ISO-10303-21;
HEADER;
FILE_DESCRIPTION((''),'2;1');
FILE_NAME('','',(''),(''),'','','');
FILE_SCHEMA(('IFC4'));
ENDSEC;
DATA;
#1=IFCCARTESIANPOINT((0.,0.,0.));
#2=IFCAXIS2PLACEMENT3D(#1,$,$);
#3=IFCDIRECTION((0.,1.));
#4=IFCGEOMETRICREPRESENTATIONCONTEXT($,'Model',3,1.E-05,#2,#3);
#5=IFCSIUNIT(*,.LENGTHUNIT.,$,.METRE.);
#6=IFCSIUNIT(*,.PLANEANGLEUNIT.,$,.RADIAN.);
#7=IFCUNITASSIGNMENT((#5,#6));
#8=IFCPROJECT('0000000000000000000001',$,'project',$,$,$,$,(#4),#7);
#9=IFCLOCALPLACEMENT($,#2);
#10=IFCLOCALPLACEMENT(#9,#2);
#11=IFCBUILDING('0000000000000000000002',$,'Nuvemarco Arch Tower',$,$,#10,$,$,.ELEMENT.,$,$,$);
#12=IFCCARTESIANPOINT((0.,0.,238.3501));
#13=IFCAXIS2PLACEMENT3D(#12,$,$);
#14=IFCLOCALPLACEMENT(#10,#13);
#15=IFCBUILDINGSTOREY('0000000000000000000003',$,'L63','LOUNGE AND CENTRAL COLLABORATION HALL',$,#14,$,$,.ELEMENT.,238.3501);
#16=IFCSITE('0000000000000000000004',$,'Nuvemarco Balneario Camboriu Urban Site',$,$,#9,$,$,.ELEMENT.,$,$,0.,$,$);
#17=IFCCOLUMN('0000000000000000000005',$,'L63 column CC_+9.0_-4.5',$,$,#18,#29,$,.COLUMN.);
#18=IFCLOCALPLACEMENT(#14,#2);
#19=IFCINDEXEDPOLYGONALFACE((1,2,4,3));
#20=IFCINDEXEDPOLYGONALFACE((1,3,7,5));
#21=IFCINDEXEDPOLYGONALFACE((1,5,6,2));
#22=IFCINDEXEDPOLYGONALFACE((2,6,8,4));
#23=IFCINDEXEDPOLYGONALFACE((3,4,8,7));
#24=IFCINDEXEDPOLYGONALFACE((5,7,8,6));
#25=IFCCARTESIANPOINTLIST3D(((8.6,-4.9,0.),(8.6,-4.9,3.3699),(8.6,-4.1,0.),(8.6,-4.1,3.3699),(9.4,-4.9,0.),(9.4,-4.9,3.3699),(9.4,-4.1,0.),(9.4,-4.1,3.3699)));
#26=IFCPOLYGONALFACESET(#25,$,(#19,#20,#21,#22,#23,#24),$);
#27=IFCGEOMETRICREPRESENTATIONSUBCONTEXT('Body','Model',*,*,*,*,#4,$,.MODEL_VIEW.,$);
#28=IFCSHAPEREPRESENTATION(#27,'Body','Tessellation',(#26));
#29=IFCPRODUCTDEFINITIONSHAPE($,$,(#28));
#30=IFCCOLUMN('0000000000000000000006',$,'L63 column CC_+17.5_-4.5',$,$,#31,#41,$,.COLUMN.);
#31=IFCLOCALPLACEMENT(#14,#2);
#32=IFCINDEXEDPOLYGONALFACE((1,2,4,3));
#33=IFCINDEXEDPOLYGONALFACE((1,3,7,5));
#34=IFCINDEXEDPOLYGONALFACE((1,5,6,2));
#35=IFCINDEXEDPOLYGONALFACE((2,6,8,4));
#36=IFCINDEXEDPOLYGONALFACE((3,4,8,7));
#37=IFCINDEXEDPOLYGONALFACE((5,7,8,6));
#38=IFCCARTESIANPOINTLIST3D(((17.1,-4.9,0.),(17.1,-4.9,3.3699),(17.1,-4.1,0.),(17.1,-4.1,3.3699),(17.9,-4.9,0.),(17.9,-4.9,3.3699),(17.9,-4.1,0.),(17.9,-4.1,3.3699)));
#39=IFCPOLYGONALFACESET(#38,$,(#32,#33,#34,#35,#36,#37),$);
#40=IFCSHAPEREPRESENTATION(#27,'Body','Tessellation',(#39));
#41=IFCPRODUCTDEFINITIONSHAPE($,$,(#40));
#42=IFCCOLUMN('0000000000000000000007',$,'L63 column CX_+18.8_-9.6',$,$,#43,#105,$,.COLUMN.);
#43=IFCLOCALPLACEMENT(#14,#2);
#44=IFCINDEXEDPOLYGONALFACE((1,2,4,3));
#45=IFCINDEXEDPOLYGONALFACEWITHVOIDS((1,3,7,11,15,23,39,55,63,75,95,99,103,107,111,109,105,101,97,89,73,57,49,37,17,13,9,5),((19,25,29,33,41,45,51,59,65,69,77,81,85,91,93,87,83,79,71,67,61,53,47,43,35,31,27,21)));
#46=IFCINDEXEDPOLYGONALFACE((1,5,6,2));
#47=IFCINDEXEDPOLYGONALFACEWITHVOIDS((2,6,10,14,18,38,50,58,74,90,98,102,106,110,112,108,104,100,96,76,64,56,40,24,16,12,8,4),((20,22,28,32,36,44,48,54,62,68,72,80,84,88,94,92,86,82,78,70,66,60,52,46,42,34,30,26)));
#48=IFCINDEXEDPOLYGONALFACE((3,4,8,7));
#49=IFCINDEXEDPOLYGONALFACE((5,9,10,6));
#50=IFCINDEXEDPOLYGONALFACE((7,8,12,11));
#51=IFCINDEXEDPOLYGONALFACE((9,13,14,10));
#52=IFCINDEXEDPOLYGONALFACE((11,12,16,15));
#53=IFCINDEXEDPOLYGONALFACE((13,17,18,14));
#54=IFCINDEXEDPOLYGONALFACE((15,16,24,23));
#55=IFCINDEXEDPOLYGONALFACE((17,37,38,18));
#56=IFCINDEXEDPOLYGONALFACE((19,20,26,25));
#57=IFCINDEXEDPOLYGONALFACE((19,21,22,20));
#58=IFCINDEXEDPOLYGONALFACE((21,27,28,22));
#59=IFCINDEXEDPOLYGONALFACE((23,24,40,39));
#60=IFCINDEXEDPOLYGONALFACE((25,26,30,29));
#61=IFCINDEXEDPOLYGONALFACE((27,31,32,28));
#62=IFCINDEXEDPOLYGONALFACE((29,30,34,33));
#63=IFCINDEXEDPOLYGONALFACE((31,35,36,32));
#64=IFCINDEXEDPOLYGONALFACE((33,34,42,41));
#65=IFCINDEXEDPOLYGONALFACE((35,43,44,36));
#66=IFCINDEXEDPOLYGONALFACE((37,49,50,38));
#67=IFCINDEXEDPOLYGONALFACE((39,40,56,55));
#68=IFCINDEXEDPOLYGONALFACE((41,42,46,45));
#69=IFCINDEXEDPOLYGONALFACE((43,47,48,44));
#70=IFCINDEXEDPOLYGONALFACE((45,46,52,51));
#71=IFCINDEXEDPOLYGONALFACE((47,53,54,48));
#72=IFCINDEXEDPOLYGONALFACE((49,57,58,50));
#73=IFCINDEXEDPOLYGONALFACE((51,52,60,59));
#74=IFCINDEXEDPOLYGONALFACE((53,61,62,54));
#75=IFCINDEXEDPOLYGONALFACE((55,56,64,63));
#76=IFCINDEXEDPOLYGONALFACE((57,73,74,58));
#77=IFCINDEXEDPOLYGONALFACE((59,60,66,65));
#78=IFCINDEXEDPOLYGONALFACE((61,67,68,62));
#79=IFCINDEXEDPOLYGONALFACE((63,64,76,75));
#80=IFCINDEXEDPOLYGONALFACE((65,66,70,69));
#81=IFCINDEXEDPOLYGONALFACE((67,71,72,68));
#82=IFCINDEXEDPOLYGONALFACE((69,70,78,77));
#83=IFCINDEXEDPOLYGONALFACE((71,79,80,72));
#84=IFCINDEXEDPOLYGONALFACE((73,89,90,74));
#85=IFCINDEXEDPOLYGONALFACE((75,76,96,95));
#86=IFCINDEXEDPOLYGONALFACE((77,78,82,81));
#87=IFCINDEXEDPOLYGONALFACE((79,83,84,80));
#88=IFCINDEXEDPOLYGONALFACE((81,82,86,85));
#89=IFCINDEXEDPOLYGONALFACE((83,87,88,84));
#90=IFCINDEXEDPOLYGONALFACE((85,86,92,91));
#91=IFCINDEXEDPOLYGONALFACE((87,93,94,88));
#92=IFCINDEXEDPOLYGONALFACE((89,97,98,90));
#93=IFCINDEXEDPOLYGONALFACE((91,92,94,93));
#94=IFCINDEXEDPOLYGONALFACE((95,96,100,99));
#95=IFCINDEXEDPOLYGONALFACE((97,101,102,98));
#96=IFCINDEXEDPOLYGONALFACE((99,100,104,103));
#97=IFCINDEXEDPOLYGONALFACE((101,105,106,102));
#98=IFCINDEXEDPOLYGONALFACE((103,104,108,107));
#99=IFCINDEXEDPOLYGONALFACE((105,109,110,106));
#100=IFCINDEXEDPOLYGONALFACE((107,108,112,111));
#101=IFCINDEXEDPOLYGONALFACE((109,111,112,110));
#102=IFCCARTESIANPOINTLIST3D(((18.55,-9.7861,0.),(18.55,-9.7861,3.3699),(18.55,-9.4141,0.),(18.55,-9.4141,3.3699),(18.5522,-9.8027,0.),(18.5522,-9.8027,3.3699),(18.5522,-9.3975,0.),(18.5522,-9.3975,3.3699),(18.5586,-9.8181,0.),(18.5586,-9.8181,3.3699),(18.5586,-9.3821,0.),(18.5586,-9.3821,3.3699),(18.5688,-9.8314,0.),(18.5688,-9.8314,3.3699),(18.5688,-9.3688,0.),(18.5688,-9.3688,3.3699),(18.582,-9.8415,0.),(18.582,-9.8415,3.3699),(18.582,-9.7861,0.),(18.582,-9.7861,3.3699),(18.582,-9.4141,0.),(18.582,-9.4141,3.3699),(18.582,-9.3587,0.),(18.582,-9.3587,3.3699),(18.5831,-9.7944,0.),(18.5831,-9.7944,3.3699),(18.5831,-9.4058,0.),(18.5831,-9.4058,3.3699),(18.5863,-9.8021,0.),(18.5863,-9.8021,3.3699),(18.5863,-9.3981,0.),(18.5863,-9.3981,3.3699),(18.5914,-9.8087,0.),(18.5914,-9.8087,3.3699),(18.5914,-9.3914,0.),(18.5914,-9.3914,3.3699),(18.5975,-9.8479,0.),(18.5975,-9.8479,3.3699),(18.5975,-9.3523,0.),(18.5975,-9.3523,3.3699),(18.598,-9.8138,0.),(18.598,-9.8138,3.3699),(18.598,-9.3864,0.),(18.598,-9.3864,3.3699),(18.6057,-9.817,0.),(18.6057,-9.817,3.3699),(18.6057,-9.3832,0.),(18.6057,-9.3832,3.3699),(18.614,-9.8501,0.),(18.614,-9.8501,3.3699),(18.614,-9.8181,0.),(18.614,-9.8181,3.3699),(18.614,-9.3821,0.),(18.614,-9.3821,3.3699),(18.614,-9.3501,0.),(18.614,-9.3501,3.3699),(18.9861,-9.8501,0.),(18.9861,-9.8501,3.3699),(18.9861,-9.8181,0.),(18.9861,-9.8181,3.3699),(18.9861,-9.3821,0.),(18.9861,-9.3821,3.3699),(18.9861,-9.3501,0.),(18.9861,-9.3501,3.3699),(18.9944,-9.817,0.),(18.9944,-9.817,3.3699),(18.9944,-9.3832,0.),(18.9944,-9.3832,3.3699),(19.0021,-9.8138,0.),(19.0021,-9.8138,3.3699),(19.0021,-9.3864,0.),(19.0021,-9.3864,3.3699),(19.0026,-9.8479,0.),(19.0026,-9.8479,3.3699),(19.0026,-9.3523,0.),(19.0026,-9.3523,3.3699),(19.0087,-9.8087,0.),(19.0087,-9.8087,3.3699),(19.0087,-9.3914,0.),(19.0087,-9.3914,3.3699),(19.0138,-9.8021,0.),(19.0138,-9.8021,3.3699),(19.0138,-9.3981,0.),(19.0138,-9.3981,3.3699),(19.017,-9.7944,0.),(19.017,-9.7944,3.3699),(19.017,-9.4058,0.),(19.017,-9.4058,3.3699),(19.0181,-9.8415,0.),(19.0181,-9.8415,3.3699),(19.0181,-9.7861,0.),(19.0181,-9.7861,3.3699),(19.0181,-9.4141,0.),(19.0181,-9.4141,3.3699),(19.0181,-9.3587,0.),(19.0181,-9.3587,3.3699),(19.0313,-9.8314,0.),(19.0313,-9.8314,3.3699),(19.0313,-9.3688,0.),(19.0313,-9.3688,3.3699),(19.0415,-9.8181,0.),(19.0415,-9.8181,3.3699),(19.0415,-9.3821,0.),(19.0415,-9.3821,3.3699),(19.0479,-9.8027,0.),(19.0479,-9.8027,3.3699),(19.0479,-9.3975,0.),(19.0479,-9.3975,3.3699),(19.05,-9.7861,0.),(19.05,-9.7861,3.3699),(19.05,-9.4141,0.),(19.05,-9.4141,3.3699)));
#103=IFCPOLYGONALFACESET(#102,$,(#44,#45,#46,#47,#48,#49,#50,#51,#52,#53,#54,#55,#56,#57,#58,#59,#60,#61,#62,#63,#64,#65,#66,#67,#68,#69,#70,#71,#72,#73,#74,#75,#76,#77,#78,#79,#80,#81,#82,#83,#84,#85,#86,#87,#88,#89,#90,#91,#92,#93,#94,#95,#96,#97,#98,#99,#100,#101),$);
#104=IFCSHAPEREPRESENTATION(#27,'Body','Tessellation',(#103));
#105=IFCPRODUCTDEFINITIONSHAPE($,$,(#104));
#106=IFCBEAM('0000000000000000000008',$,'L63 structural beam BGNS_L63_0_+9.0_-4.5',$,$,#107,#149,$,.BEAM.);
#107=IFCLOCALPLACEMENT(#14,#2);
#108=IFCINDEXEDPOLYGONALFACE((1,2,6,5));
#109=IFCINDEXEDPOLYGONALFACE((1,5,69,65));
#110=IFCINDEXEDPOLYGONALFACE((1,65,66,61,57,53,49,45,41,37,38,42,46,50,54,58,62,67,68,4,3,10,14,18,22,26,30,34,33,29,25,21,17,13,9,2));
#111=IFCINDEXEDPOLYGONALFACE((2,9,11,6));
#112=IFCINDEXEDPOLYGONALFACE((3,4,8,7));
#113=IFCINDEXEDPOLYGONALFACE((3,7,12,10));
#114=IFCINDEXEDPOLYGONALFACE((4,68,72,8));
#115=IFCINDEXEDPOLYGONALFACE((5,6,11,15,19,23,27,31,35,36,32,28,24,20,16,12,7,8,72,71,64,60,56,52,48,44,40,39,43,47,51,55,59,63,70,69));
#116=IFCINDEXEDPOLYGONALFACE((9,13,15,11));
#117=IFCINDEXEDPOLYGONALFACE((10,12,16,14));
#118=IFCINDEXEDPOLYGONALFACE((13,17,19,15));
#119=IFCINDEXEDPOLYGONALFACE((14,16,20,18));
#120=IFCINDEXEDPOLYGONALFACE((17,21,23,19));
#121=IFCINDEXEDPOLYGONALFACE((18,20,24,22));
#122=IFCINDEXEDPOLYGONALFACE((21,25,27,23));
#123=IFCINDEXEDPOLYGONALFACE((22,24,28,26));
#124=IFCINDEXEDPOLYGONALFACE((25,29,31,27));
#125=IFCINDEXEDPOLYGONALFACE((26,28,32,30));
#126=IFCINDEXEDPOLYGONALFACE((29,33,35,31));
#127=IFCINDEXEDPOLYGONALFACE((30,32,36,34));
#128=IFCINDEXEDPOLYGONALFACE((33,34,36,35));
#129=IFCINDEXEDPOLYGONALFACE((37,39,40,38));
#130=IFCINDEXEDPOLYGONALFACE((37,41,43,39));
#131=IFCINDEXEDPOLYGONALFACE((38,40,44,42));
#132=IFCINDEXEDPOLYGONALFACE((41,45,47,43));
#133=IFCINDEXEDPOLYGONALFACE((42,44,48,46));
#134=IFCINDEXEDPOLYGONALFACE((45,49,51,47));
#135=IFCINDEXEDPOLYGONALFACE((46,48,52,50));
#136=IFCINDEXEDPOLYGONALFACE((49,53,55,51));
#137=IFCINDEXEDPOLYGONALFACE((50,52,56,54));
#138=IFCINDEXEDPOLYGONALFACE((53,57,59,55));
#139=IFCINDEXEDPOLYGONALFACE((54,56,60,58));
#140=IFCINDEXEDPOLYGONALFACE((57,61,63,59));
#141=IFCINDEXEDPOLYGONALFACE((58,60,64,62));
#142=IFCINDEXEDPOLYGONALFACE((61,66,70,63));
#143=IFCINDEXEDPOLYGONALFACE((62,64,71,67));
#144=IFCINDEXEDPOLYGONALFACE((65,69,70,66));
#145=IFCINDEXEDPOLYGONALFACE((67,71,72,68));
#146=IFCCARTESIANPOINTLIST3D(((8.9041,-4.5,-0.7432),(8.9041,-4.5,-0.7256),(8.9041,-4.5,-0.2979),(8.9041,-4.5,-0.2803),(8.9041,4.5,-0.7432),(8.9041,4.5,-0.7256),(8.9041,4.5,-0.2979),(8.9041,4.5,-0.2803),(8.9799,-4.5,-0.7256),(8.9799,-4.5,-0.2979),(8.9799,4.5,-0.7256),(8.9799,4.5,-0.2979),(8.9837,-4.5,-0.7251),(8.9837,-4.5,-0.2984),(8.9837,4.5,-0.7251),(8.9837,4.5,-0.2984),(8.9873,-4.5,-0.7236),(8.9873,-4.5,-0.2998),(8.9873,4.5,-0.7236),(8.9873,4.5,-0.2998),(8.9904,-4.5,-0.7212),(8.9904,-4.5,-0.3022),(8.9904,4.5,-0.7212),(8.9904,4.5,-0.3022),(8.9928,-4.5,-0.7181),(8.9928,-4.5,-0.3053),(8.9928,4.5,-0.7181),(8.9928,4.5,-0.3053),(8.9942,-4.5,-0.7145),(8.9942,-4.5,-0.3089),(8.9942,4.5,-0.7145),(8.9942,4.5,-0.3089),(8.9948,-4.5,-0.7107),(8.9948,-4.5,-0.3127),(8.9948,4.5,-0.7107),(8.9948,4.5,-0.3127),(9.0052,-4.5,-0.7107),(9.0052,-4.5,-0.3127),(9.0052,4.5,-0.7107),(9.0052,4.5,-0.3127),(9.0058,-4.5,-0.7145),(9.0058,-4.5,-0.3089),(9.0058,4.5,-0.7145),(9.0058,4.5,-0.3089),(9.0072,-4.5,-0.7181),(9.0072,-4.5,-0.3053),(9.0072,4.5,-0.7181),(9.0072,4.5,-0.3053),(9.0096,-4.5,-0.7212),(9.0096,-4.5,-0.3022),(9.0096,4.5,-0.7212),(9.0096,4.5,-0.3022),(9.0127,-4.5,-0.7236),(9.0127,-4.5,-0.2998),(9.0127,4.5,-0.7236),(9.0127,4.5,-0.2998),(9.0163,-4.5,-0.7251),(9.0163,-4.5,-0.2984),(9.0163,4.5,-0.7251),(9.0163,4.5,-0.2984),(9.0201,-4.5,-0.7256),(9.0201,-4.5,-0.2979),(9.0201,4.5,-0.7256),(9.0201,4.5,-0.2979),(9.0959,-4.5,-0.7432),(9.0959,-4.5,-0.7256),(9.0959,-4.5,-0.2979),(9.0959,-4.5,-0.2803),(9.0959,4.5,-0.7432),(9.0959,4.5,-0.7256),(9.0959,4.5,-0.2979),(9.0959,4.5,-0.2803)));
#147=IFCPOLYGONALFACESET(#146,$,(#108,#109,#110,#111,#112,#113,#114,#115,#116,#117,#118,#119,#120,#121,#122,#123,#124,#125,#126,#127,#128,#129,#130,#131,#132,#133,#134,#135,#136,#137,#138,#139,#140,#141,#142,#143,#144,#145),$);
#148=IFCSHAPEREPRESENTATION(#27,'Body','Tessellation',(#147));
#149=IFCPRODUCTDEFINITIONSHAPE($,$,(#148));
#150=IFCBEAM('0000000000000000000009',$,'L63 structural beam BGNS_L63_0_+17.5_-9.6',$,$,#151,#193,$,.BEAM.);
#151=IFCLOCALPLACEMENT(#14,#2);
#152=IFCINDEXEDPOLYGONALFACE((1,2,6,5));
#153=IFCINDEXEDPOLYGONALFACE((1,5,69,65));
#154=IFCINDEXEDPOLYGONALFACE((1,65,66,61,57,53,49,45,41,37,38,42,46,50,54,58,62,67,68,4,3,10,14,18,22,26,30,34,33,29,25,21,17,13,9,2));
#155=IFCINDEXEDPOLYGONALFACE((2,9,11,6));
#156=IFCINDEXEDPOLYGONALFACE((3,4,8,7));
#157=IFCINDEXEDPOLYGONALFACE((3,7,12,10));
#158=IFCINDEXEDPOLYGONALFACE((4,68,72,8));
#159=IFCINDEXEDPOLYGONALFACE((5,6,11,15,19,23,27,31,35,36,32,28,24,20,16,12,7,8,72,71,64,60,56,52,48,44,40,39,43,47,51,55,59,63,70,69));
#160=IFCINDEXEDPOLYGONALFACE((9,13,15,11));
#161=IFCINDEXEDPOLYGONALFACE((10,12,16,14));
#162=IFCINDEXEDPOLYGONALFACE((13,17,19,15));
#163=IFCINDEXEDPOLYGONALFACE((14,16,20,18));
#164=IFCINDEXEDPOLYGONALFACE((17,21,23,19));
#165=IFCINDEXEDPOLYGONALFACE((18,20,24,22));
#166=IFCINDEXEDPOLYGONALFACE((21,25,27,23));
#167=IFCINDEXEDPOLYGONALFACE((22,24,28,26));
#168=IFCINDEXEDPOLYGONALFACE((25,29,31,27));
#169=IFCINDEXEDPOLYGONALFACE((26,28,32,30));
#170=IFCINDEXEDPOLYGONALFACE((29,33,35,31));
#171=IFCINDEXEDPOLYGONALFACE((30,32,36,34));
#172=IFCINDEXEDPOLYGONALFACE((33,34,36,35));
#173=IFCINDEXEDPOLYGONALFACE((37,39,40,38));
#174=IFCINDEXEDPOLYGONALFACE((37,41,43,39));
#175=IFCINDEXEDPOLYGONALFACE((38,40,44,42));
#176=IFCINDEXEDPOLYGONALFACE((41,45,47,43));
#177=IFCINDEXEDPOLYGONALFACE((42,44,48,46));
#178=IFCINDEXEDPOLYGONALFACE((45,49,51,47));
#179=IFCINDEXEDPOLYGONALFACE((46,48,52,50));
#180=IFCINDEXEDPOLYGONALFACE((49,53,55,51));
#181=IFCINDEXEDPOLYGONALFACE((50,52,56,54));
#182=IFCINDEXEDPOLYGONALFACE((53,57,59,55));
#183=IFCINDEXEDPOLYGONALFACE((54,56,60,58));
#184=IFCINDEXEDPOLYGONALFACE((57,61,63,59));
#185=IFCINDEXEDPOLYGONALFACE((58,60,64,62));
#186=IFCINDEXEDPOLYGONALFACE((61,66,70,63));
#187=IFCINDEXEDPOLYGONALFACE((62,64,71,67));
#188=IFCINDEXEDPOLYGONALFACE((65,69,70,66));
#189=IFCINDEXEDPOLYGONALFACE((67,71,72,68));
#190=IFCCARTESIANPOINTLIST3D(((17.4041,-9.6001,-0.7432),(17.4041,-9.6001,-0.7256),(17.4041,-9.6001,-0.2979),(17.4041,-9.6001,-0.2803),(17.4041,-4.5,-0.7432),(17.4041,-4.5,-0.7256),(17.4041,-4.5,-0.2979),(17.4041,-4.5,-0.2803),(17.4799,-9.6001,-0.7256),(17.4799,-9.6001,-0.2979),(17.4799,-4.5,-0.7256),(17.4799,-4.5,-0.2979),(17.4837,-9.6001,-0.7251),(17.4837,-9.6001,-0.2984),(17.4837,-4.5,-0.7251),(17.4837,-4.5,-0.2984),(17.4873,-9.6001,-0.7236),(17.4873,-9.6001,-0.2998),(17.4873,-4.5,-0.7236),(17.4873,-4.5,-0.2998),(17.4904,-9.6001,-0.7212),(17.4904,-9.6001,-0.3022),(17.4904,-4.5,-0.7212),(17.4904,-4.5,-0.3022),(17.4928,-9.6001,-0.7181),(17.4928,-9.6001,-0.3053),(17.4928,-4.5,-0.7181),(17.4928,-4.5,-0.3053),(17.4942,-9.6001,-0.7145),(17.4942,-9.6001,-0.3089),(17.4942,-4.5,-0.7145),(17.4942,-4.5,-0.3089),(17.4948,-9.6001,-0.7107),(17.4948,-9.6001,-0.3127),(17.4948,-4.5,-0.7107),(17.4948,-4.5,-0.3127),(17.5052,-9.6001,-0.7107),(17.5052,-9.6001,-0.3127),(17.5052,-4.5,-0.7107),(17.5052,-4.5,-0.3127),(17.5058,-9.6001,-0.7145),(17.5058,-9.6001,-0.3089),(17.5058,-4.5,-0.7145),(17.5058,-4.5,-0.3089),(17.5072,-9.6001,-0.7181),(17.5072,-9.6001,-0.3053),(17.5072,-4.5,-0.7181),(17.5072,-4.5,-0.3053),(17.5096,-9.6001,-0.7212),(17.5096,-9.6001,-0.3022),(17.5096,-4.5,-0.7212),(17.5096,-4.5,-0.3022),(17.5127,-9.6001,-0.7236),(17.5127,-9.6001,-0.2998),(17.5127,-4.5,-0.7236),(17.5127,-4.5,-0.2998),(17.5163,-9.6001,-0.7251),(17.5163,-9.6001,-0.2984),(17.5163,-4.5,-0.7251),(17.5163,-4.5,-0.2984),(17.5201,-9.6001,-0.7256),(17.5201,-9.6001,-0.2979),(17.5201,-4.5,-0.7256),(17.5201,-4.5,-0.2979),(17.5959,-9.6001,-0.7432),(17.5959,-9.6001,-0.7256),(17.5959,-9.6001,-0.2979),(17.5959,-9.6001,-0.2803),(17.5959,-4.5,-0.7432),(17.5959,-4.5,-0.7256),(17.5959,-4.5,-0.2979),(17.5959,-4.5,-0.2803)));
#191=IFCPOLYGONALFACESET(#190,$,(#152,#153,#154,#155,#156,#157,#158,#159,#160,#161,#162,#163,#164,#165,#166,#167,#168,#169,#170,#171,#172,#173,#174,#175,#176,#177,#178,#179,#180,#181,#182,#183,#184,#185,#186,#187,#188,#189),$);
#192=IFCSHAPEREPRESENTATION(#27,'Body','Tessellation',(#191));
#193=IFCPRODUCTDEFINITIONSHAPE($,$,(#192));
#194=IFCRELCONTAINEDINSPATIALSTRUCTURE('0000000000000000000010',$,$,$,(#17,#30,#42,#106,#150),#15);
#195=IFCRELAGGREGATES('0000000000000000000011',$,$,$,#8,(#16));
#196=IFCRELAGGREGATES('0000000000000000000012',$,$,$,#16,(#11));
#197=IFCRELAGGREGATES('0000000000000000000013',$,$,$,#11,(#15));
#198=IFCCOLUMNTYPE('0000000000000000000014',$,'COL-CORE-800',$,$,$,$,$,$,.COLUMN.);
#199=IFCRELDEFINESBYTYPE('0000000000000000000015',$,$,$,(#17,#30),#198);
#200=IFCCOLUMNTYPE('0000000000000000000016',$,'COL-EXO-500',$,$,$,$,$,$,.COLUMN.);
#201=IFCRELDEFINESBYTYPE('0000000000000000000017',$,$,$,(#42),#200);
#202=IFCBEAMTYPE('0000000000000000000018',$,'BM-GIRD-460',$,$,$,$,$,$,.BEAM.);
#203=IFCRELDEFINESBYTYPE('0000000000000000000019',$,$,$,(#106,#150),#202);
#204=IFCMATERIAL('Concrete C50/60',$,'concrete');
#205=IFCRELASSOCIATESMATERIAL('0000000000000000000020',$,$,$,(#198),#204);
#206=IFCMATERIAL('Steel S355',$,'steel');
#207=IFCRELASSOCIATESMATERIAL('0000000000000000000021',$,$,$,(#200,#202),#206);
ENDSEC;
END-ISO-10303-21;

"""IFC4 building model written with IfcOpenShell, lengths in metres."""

from ifc_helpers import new_model, si_unit, direction, frame, origin, origin_2d, place, context, subcontext, project, spatial, rectangle, hollow_rectangle, i_section, extrude, material, material_profile, profile_set, type_object, element, save


model = new_model("IFC4")

# Units and contexts
model_context = context("Model", 3, precision=1e-05, world=origin(), true_north=direction((0.0, 1.0)))
body_context = subcontext(model_context, "Body", "Model", "MODEL_VIEW")
ifc_project = project(units=[si_unit("LENGTHUNIT", "METRE"), si_unit("PLANEANGLEUNIT", "RADIAN")], contexts=[model_context])

# Site, building, storey
site_placement = place(None, origin())
site = spatial("IfcSite", under=ifc_project, at=site_placement, Name="Nuvemarco Balneario Camboriu Urban Site", CompositionType="ELEMENT", RefElevation=0.0)
building_placement = place(site_placement, origin())
building = spatial("IfcBuilding", under=site, at=building_placement, Name="Nuvemarco Arch Tower", CompositionType="ELEMENT")
storey_placement = place(building_placement, frame((0.0, 0.0, 238.3501)))
storey = spatial("IfcBuildingStorey", under=building, at=storey_placement, Name="L63", Description="LOUNGE AND CENTRAL COLLABORATION HALL", CompositionType="ELEMENT", Elevation=238.3501)

# Columns
ifc_material_1 = material(Name="Concrete C50/60", Category="concrete")
ifc_material_profile_1 = material_profile(ifc_material_1, rectangle(XDim=0.8, YDim=0.8, at=origin_2d()), Name="RC-COL-800x800")
ifc_profile_set_1 = profile_set([ifc_material_profile_1], Name="Concrete C50/60")
column_type_1 = type_object("IfcColumnType", Name="COL-CORE-800", PredefinedType="COLUMN", material=ifc_profile_set_1)
for number, where, z_axis, x_axis, name in (
    (1, (9.0, -4.5, 0.0), (0.0, 0.0, 1.0), (1.0, 0.0, 0.0), "L63 column CC_+9.0_-4.5"),
    (2, (17.5, -4.5, 0.0), (0.0, 0.0, 1.0), (1.0, 0.0, 0.0), "L63 column CC_+17.5_-4.5"),
):
    element("IfcColumn", number, at=place(storey_placement, frame(where, z_axis=z_axis, x_axis=x_axis)), inside=storey, type_object=column_type_1, Name=name, PredefinedType="COLUMN", context=body_context, shape_type="SweptSolid", body=[
        extrude(rectangle(XDim=0.8, YDim=0.8, at=origin_2d()), origin(), (0.0, 0.0, 1.0), 3.3699),
    ])
ifc_material_2 = material(Name="Steel S355", Category="steel")
ifc_material_profile_2 = material_profile(ifc_material_2, hollow_rectangle(XDim=0.5, YDim=0.5, WallThickness=0.032, InnerFilletRadius=0.032, OuterFilletRadius=0.064, at=origin_2d()), Name="SHS500x500x32")
ifc_profile_set_2 = profile_set([ifc_material_profile_2], Name="Steel S355")
column_type_2 = type_object("IfcColumnType", Name="COL-EXO-500", PredefinedType="COLUMN", material=ifc_profile_set_2)
column_placement = place(storey_placement, frame((18.8, -9.6001, 0.0), z_axis=(0.0, 0.0, 1.0), x_axis=(1.0, 0.0, 0.0)))
element("IfcColumn", 3, at=column_placement, inside=storey, type_object=column_type_2, Name="L63 column CX_+18.8_-9.6", PredefinedType="COLUMN", context=body_context, shape_type="SweptSolid", body=[
    extrude(hollow_rectangle(XDim=0.5, YDim=0.5, WallThickness=0.032, InnerFilletRadius=0.032, OuterFilletRadius=0.064, at=origin_2d()), origin(), (0.0, 0.0, 1.0), 3.3699),
])

# Beams
ifc_material_profile_3 = material_profile(ifc_material_2, i_section(OverallWidth=0.1919, OverallDepth=0.4629, WebThickness=0.0105, FlangeThickness=0.0176, FilletRadius=0.0149, at=origin_2d()), Name="W460x89")
ifc_profile_set_3 = profile_set([ifc_material_profile_3], Name="Steel S355")
beam_type_1 = type_object("IfcBeamType", Name="BM-GIRD-460", PredefinedType="BEAM", material=ifc_profile_set_3)
beam_1_placement = place(storey_placement, frame((9.0, -4.5, -0.5117), z_axis=(0.0, 1.0, 0.0), x_axis=(-1.0, 0.0, 0.0)))
element("IfcBeam", 4, at=beam_1_placement, inside=storey, type_object=beam_type_1, Name="L63 structural beam BGNS_L63_0_+9.0_-4.5", PredefinedType="BEAM", context=body_context, shape_type="SweptSolid", body=[
    extrude(i_section(OverallWidth=0.1919, OverallDepth=0.4629, WebThickness=0.0105, FlangeThickness=0.0176, FilletRadius=0.0149, at=origin_2d()), origin(), (0.0, 0.0, 1.0), 9.0),
])
beam_2_placement = place(storey_placement, frame((17.5, -9.6001, -0.5117), z_axis=(0.0, 1.0, 0.0), x_axis=(-1.0, 0.0, 0.0)))
element("IfcBeam", 5, at=beam_2_placement, inside=storey, type_object=beam_type_1, Name="L63 structural beam BGNS_L63_0_+17.5_-9.6", PredefinedType="BEAM", context=body_context, shape_type="SweptSolid", body=[
    extrude(i_section(OverallWidth=0.1919, OverallDepth=0.4629, WebThickness=0.0105, FlangeThickness=0.0176, FilletRadius=0.0149, at=origin_2d()), origin(), (0.0, 0.0, 1.0), 5.1001),
])

save(model, "model.ifc")
